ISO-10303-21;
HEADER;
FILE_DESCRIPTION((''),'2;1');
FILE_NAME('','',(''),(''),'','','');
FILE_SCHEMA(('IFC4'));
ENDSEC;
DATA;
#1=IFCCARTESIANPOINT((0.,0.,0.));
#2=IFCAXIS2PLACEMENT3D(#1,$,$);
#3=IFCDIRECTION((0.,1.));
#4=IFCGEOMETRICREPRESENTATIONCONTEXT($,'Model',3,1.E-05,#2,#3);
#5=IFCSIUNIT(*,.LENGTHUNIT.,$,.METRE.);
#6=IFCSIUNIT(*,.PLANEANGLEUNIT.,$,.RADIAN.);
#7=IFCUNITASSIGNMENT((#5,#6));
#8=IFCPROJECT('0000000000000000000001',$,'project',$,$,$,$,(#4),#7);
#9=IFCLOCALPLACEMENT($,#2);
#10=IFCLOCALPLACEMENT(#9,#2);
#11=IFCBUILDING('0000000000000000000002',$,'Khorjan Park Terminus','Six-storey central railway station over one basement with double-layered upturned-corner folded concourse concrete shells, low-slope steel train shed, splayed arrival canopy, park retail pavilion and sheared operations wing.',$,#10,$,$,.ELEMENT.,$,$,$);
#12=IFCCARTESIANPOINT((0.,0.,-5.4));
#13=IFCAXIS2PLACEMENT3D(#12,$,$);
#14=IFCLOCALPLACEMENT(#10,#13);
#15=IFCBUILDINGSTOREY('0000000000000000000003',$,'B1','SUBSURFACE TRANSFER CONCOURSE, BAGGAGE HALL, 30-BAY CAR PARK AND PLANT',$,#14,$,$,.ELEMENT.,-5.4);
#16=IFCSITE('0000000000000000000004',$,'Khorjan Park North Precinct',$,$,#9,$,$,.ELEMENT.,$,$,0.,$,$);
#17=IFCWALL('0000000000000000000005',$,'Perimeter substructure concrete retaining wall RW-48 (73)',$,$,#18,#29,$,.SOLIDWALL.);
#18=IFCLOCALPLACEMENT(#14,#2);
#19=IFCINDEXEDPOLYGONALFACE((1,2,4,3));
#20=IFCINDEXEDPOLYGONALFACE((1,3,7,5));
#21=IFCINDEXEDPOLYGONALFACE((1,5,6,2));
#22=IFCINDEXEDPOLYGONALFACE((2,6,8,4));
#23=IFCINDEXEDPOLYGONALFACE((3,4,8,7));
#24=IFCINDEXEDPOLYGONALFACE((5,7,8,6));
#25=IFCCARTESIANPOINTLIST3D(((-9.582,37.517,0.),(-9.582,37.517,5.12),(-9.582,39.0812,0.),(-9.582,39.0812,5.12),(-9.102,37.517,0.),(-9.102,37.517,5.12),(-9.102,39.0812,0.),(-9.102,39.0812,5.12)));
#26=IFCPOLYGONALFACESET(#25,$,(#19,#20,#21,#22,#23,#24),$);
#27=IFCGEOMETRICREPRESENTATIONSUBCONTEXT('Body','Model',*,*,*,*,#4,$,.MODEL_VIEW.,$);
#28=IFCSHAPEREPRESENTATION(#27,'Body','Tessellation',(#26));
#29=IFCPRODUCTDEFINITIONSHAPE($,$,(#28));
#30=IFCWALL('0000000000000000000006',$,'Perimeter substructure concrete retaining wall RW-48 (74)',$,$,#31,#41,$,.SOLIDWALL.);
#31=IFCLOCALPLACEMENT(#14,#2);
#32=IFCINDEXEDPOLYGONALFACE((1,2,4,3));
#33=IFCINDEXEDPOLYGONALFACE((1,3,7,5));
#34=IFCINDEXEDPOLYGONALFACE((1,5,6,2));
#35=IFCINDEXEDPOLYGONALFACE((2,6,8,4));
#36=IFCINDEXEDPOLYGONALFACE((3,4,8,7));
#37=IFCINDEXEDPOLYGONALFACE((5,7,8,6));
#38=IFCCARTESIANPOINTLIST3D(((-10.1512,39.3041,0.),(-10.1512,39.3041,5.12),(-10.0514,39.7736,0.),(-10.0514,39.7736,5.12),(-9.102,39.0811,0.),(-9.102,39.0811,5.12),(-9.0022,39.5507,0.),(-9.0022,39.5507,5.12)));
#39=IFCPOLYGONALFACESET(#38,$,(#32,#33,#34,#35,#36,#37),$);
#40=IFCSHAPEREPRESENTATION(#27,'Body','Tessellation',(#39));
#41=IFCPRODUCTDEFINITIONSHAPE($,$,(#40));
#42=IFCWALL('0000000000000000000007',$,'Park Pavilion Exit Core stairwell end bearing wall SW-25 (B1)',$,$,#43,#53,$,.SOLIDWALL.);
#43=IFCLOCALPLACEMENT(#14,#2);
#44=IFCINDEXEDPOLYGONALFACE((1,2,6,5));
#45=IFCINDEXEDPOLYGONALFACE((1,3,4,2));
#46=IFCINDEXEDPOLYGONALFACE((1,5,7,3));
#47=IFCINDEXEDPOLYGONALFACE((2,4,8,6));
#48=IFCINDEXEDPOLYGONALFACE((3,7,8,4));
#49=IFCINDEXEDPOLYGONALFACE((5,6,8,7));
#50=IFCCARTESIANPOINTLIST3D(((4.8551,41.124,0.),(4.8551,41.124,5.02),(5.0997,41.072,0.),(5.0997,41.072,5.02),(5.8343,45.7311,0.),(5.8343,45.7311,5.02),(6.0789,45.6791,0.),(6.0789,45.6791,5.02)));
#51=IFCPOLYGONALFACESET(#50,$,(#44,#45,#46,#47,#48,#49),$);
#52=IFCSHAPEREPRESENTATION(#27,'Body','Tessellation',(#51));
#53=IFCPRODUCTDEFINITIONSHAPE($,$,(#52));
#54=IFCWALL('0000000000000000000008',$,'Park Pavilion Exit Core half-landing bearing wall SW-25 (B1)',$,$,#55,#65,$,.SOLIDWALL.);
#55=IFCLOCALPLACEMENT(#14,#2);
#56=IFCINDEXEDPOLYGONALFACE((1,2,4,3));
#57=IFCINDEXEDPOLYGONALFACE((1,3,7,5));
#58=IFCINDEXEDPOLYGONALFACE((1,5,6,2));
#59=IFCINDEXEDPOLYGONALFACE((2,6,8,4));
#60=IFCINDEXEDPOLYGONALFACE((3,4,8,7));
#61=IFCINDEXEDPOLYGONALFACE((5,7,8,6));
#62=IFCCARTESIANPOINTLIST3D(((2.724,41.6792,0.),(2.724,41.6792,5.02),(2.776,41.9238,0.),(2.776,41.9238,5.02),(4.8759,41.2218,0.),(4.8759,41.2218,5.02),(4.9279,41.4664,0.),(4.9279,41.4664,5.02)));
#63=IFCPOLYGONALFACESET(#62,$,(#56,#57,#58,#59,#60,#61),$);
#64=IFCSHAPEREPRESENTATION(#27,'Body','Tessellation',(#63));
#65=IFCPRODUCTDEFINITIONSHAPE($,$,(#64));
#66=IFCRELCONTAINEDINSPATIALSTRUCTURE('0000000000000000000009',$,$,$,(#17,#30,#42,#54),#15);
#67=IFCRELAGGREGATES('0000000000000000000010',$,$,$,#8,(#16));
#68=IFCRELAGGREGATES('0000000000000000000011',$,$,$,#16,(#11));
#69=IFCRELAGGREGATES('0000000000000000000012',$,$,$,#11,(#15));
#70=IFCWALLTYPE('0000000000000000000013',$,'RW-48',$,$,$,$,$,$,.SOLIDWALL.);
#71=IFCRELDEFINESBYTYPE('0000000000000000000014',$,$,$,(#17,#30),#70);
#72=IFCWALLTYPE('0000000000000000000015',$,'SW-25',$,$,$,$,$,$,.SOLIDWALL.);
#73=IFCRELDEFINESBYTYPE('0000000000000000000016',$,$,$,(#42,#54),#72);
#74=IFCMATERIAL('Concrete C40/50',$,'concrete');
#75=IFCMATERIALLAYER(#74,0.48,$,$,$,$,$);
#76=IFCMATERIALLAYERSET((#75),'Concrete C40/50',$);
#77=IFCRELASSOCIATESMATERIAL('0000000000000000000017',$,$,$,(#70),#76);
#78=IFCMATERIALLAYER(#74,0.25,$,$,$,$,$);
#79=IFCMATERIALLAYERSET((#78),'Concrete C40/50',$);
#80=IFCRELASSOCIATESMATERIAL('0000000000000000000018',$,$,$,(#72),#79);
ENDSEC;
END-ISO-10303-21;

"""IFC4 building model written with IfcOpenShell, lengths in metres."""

from ifc_helpers import new_model, si_unit, direction, frame, frame_2d, origin, place, context, subcontext, project, spatial, rectangle, extrude, material, layer, layer_set, type_object, element, save


model = new_model("IFC4")

# Units and contexts
model_context = context("Model", 3, precision=1e-05, world=origin(), true_north=direction((0.0, 1.0)))
body_context = subcontext(model_context, "Body", "Model", "MODEL_VIEW")
ifc_project = project(units=[si_unit("LENGTHUNIT", "METRE"), si_unit("PLANEANGLEUNIT", "RADIAN")], contexts=[model_context])

# Site, building, storey
site_placement = place(None, origin())
site = spatial("IfcSite", under=ifc_project, at=site_placement, Name="Khorjan Park North Precinct", CompositionType="ELEMENT", RefElevation=0.0)
building_placement = place(site_placement, origin())
building = spatial("IfcBuilding", under=site, at=building_placement, Name="Khorjan Park Terminus", Description="Six-storey central railway station over one basement with double-layered upturned-corner folded concourse concrete shells, low-slope steel train shed, splayed arrival canopy, park retail pavilion and sheared operations wing.", CompositionType="ELEMENT")
storey_placement = place(building_placement, frame((0.0, 0.0, -5.4)))
storey = spatial("IfcBuildingStorey", under=building, at=storey_placement, Name="B1", Description="SUBSURFACE TRANSFER CONCOURSE, BAGGAGE HALL, 30-BAY CAR PARK AND PLANT", CompositionType="ELEMENT", Elevation=-5.4)

# Shared definitions
ifc_material_1 = material(Name="Concrete C40/50", Category="concrete")

# Walls
ifc_layer_1 = layer(ifc_material_1, 0.48)
ifc_layer_set_1 = layer_set([ifc_layer_1], Name="Concrete C40/50")
wall_type_1 = type_object("IfcWallType", Name="RW-48", PredefinedType="SOLIDWALL", material=ifc_layer_set_1)
wall_1_placement = place(storey_placement, frame((-9.342, 37.517, 0.0), z_axis=(0.0, 0.0, 1.0), x_axis=(0.0, 1.0, 0.0)))
element("IfcWall", 1, at=wall_1_placement, inside=storey, type_object=wall_type_1, Name="Perimeter substructure concrete retaining wall RW-48 (73)", PredefinedType="SOLIDWALL", context=body_context, shape_type="SweptSolid", body=[
    extrude(rectangle(XDim=1.5642, YDim=0.48, at=frame_2d((0.7821, 0.0))), origin(), (0.0, 0.0, 1.0), 5.12),
])
wall_2_placement = place(storey_placement, frame((-9.0521, 39.3159, 0.0), z_axis=(0.0, 0.0, 1.0), x_axis=(-0.97815, 0.207899, 0.0)))
element("IfcWall", 2, at=wall_2_placement, inside=storey, type_object=wall_type_1, Name="Perimeter substructure concrete retaining wall RW-48 (74)", PredefinedType="SOLIDWALL", context=body_context, shape_type="SweptSolid", body=[
    extrude(rectangle(XDim=1.0726, YDim=0.48, at=frame_2d((0.5363, 0.0))), origin(), (0.0, 0.0, 1.0), 5.12),
])
ifc_layer_2 = layer(ifc_material_1, 0.25)
ifc_layer_set_2 = layer_set([ifc_layer_2], Name="Concrete C40/50")
wall_type_2 = type_object("IfcWallType", Name="SW-25", PredefinedType="SOLIDWALL", material=ifc_layer_set_2)
wall_3_placement = place(storey_placement, frame((4.9774, 41.098, 0.0), z_axis=(0.0, 0.0, 1.0), x_axis=(0.207898, 0.978151, 0.0)))
element("IfcWall", 3, at=wall_3_placement, inside=storey, type_object=wall_type_2, Name="Park Pavilion Exit Core stairwell end bearing wall SW-25 (B1)", PredefinedType="SOLIDWALL", context=body_context, shape_type="SweptSolid", body=[
    extrude(rectangle(XDim=4.71, YDim=0.25, at=frame_2d((2.355, 0.0))), origin(), (0.0, 0.0, 1.0), 5.02),
])
wall_4_placement = place(storey_placement, frame((2.75, 41.8015, 0.0), z_axis=(0.0, 0.0, 1.0), x_axis=(0.978148, -0.207911, 0.0)))
element("IfcWall", 4, at=wall_4_placement, inside=storey, type_object=wall_type_2, Name="Park Pavilion Exit Core half-landing bearing wall SW-25 (B1)", PredefinedType="SOLIDWALL", context=body_context, shape_type="SweptSolid", body=[
    extrude(rectangle(XDim=2.2, YDim=0.25, at=frame_2d((1.1, 0.0))), origin(), (0.0, 0.0, 1.0), 5.02),
])

save(model, "model.ifc")
